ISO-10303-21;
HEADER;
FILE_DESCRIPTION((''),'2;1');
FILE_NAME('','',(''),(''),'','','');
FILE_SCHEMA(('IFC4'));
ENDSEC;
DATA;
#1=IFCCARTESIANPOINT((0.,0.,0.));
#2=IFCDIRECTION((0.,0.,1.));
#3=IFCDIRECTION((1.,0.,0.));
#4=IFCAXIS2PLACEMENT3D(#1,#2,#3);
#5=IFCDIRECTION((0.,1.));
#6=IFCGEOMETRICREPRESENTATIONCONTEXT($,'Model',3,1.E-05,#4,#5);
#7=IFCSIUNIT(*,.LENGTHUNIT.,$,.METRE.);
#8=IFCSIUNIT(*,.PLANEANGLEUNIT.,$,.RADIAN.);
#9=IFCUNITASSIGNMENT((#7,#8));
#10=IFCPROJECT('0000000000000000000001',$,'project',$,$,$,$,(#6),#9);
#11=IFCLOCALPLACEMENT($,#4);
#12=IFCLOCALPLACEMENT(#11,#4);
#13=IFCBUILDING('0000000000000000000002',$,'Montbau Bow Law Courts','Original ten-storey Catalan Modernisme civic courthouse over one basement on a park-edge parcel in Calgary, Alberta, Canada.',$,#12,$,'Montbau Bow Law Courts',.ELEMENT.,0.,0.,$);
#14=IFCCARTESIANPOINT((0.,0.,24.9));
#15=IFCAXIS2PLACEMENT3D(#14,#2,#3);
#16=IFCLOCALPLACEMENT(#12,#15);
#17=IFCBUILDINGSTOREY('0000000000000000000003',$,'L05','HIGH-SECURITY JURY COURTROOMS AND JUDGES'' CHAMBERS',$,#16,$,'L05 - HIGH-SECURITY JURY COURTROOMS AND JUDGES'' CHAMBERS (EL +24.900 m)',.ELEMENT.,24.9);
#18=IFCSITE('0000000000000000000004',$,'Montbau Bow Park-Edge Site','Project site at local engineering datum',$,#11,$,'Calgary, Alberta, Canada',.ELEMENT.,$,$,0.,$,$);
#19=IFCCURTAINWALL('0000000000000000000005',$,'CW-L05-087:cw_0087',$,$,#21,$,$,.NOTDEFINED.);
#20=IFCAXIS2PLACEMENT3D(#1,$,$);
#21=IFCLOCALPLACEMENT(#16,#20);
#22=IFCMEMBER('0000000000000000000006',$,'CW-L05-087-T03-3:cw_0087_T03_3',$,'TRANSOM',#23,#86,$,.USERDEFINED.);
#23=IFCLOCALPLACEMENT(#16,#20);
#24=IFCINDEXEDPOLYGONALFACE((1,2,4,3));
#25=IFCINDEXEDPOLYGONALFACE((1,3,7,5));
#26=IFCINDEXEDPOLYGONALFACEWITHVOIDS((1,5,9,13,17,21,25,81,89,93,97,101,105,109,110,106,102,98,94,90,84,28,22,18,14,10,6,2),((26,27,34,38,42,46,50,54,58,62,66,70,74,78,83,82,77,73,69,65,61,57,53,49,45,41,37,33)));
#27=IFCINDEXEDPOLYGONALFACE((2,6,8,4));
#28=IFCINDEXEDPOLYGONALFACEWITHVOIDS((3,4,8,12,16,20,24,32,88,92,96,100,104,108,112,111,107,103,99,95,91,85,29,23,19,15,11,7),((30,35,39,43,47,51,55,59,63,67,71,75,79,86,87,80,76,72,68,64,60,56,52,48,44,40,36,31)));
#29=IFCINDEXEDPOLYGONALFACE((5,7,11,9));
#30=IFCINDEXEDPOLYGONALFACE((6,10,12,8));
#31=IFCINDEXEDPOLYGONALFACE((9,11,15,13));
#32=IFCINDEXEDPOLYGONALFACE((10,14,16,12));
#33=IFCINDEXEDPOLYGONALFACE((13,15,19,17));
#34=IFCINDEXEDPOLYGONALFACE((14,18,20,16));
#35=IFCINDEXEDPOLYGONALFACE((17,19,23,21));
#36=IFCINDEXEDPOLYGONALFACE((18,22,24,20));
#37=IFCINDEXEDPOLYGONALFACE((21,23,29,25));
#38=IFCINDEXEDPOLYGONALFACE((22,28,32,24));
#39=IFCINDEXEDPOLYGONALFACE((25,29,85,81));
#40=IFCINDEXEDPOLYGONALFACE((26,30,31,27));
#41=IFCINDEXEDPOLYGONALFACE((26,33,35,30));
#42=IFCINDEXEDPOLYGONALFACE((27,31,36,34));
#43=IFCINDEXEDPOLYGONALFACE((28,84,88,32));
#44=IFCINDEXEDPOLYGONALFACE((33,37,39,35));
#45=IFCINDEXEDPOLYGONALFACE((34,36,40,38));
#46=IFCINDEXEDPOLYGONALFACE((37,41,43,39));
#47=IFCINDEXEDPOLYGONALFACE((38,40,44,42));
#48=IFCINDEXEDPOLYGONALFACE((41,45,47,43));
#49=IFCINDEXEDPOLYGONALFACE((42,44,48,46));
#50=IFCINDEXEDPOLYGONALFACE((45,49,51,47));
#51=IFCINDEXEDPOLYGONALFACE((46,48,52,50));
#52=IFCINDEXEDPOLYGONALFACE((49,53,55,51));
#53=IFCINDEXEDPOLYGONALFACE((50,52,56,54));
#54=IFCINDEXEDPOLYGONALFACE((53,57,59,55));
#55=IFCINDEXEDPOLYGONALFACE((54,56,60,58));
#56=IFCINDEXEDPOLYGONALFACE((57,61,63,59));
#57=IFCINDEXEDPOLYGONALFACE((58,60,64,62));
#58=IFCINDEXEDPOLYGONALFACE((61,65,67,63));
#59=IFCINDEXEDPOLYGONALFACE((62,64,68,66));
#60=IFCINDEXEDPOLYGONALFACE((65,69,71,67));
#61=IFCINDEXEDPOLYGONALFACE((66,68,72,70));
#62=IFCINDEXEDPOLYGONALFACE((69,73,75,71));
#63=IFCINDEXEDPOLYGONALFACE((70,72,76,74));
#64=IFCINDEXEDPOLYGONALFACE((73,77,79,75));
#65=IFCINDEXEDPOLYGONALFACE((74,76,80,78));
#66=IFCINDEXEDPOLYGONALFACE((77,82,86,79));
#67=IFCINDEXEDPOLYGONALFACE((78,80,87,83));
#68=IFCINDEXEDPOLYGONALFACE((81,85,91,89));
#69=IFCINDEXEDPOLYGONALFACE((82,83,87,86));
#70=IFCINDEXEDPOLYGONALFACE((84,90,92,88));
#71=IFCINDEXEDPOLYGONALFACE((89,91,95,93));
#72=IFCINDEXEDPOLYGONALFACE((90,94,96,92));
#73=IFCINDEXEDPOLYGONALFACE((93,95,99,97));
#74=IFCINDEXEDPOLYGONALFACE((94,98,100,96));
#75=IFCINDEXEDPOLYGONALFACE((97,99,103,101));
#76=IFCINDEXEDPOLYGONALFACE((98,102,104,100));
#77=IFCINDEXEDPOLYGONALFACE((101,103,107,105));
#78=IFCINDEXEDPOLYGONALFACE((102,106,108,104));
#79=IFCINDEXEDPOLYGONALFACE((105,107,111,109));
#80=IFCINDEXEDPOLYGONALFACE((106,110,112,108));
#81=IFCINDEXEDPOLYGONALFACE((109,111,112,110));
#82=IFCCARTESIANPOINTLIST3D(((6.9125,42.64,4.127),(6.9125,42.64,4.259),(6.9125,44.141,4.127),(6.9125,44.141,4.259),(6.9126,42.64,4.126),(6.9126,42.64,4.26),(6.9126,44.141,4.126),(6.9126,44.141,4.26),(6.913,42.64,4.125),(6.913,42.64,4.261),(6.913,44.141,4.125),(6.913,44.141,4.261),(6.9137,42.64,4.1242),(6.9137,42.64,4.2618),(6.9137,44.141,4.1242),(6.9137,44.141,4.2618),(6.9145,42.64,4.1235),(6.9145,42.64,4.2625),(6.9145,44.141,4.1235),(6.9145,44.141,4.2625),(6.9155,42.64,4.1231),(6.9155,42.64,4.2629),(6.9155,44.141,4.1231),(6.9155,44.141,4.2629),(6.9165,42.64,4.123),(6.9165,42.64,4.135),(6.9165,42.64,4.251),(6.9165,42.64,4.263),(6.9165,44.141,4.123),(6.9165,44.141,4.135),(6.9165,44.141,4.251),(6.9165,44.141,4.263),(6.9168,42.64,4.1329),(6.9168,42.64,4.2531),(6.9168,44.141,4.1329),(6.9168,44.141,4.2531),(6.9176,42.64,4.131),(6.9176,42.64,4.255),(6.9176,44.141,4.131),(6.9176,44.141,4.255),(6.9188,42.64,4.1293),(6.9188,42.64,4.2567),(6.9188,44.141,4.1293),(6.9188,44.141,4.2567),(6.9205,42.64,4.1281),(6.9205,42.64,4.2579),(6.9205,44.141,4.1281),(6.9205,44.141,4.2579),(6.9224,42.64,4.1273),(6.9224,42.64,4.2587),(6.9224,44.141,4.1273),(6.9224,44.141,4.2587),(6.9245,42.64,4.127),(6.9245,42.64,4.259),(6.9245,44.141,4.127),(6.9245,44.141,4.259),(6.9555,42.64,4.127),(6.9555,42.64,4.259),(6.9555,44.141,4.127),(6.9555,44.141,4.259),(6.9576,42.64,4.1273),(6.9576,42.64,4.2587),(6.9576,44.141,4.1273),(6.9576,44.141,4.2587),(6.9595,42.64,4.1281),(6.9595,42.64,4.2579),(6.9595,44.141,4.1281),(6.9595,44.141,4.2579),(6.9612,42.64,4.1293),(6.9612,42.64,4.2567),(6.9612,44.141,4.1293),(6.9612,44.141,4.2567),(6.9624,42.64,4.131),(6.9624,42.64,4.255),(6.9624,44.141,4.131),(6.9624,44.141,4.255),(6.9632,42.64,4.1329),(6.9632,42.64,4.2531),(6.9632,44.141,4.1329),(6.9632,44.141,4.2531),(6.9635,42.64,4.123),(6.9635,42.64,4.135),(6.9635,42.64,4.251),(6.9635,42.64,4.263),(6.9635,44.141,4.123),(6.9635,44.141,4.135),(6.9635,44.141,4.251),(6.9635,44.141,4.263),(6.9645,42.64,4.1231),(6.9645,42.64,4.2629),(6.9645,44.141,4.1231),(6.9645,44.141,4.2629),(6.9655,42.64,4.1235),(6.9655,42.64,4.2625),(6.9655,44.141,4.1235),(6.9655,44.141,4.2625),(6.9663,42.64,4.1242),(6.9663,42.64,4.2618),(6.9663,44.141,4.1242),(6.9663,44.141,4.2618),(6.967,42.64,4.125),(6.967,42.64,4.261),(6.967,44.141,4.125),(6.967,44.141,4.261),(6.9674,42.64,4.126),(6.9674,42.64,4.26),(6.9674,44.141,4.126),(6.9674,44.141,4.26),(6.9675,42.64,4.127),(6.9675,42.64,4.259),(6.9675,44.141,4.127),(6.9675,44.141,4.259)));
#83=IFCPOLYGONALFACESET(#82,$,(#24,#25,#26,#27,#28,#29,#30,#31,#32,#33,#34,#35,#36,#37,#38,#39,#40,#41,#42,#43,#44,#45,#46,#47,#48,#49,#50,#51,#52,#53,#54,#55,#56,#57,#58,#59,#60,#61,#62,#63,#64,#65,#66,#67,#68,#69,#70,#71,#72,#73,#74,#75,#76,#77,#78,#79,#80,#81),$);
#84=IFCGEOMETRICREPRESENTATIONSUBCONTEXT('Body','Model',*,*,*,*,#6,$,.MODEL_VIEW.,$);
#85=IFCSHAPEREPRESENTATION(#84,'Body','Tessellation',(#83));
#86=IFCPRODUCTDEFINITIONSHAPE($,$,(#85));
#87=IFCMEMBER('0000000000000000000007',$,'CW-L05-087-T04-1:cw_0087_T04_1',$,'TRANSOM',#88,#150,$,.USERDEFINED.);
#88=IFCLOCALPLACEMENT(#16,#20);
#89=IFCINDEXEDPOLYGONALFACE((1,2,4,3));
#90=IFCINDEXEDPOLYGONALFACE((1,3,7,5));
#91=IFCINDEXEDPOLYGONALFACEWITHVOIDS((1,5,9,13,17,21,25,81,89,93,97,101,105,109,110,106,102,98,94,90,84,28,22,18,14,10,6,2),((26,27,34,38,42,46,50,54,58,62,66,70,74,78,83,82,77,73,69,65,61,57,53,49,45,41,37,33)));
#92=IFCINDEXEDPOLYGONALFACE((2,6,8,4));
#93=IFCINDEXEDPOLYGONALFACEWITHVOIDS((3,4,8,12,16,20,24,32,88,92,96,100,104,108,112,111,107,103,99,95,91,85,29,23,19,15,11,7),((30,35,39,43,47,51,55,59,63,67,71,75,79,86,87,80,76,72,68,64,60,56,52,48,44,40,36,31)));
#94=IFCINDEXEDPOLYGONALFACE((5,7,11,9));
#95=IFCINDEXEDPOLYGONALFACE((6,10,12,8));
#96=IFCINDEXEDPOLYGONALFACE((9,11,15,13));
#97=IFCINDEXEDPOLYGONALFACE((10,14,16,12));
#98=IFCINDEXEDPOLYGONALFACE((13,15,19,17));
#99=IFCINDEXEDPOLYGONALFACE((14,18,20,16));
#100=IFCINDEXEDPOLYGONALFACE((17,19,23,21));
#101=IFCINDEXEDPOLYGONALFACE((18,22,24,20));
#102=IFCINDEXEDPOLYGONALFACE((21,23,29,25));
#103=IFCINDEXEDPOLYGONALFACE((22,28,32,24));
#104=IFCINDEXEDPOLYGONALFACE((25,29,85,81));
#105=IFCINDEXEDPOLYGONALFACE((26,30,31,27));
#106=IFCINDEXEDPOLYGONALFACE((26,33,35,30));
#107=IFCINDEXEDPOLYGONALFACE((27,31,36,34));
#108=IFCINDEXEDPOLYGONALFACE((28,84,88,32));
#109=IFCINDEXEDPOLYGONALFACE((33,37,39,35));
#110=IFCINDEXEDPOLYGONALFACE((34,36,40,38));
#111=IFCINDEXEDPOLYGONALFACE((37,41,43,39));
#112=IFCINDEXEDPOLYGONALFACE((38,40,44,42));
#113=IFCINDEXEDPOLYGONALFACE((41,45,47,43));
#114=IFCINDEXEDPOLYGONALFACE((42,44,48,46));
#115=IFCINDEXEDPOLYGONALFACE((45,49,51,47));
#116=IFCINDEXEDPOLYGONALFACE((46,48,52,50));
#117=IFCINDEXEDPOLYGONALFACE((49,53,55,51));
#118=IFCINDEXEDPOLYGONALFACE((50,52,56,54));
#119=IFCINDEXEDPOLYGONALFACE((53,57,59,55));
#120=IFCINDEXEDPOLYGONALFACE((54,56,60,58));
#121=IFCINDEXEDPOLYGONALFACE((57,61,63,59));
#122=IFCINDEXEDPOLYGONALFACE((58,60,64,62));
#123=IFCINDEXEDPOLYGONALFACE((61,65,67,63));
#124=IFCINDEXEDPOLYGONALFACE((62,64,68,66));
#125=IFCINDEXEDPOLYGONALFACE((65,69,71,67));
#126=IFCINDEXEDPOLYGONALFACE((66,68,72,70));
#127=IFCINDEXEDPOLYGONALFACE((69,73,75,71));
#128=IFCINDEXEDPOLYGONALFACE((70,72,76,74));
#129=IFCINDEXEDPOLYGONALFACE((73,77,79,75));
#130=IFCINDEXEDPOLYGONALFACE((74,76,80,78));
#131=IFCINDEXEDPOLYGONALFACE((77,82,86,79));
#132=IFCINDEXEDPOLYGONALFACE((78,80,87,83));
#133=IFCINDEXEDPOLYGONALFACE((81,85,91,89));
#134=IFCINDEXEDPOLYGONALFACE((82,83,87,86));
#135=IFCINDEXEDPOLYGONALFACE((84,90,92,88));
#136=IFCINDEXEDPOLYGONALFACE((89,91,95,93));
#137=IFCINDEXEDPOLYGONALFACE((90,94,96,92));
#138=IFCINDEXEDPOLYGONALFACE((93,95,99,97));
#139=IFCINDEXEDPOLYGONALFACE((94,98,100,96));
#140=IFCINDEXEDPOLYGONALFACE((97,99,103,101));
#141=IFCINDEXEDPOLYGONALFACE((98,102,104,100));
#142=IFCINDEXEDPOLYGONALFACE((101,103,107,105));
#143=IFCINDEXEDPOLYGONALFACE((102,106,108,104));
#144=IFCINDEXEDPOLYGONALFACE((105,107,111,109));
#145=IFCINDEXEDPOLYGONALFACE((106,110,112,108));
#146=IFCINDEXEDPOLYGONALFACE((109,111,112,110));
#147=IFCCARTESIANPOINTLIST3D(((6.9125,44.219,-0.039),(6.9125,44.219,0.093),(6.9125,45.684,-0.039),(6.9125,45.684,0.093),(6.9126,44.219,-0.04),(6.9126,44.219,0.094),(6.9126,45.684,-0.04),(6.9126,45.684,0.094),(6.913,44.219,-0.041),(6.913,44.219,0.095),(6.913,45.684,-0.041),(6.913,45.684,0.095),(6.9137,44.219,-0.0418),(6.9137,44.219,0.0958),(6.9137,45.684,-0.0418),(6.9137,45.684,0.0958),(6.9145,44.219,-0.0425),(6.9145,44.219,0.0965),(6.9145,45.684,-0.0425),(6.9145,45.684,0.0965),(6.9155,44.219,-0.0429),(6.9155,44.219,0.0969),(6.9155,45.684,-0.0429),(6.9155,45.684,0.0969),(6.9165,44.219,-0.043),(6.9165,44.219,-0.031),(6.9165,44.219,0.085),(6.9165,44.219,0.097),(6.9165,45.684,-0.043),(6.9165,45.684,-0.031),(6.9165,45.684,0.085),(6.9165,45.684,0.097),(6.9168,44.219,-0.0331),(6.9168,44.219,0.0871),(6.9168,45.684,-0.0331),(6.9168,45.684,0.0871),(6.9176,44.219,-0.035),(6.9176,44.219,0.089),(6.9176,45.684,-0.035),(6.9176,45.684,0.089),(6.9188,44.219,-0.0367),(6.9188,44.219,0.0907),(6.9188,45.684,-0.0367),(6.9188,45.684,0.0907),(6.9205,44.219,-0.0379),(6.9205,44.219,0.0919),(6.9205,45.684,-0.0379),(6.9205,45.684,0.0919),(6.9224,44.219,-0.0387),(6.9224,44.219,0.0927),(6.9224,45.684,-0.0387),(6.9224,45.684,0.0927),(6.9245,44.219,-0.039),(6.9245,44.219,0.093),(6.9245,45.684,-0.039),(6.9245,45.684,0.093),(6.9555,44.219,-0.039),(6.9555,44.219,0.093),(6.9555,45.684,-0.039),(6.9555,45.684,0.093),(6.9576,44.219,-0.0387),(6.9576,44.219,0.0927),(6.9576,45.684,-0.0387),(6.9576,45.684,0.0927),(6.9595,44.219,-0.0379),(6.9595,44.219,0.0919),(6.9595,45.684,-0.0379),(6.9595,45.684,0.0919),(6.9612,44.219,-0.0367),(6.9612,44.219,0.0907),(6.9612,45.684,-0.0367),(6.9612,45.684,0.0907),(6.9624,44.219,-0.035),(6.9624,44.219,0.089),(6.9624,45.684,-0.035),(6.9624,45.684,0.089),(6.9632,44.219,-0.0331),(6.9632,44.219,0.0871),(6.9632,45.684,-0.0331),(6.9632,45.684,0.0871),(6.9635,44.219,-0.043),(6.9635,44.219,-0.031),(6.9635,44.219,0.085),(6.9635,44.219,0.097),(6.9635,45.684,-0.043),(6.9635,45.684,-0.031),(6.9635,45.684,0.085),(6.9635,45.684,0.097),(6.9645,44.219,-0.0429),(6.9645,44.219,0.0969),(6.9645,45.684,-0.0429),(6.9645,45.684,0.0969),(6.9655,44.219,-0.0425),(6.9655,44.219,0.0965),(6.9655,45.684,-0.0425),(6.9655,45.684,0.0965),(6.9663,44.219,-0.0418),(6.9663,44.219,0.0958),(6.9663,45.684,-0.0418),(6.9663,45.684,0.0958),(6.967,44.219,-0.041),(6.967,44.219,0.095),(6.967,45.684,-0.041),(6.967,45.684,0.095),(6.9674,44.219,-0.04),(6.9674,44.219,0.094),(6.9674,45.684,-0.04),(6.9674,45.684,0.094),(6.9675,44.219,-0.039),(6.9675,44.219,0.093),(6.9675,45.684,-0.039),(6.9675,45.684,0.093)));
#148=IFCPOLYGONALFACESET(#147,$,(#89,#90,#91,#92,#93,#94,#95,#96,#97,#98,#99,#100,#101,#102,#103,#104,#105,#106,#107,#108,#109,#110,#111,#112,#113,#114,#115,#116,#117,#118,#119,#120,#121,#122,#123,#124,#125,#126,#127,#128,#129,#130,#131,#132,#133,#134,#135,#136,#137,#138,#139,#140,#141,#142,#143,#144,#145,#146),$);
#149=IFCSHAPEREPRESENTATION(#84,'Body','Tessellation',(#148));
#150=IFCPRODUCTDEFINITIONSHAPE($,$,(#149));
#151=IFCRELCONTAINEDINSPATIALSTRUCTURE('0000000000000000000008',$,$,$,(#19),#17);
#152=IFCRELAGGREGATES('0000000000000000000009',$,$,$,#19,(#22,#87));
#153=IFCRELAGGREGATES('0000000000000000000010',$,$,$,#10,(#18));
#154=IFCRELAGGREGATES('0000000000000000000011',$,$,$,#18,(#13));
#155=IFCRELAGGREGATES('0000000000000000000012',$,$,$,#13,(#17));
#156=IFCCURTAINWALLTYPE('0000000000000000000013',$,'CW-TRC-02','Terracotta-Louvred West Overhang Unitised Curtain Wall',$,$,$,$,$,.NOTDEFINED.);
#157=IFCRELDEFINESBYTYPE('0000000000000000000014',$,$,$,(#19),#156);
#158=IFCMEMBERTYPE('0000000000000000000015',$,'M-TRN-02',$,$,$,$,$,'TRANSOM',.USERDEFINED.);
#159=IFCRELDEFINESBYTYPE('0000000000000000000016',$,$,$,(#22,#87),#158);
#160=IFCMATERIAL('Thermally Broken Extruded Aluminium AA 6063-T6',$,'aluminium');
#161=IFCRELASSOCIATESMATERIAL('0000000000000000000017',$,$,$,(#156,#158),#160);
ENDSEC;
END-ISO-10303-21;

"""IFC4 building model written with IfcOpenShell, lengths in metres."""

from ifc_helpers import new_model, si_unit, direction, frame, origin_with_axes, origin_2d_with_axis, place, context, subcontext, project, spatial, hollow_rectangle, extrude, material, material_profile, profile_set, type_object, element, aggregate, save


model = new_model("IFC4")

# Units and contexts
model_context = context("Model", 3, precision=1e-05, world=origin_with_axes(), true_north=direction((0.0, 1.0)))
body_context = subcontext(model_context, "Body", "Model", "MODEL_VIEW")
ifc_project = project(units=[si_unit("LENGTHUNIT", "METRE"), si_unit("PLANEANGLEUNIT", "RADIAN")], contexts=[model_context])

# Site, building, storey
site_placement = place(None, origin_with_axes())
site = spatial("IfcSite", under=ifc_project, at=site_placement, Name="Montbau Bow Park-Edge Site", Description="Project site at local engineering datum", LongName="Calgary, Alberta, Canada", CompositionType="ELEMENT", RefElevation=0.0)
building_placement = place(site_placement, origin_with_axes())
building = spatial("IfcBuilding", under=site, at=building_placement, Name="Montbau Bow Law Courts", Description="Original ten-storey Catalan Modernisme civic courthouse over one basement on a park-edge parcel in Calgary, Alberta, Canada.", LongName="Montbau Bow Law Courts", CompositionType="ELEMENT", ElevationOfRefHeight=0.0, ElevationOfTerrain=0.0)
storey_placement = place(building_placement, frame((0.0, 0.0, 24.9), z_axis=(0.0, 0.0, 1.0), x_axis=(1.0, 0.0, 0.0)))
storey = spatial("IfcBuildingStorey", under=building, at=storey_placement, Name="L05", Description="HIGH-SECURITY JURY COURTROOMS AND JUDGES' CHAMBERS", LongName="L05 - HIGH-SECURITY JURY COURTROOMS AND JUDGES' CHAMBERS (EL +24.900 m)", CompositionType="ELEMENT", Elevation=24.9)

# Curtain wall
ifc_material_1 = material(Name="Thermally Broken Extruded Aluminium AA 6063-T6", Category="aluminium")
curtain_wall_type = type_object("IfcCurtainWallType", Name="CW-TRC-02", Description="Terracotta-Louvred West Overhang Unitised Curtain Wall", PredefinedType="NOTDEFINED", material=ifc_material_1)
curtain_wall_1_placement = place(None, frame((6.94, 39.44, 24.9), z_axis=(0.0, 0.0, 1.0), x_axis=(1.0, 0.0, 0.0)))
curtain_wall_1 = element("IfcCurtainWall", 1, at=curtain_wall_1_placement, inside=storey, type_object=curtain_wall_type, Name="CW-L05-087:cw_0087", PredefinedType="NOTDEFINED")

# Members
ifc_material_profile_1 = material_profile(ifc_material_1, hollow_rectangle(XDim=0.055, YDim=0.14, WallThickness=0.004, InnerFilletRadius=0.008, OuterFilletRadius=0.004, at=origin_2d_with_axis()), Name="CWT-140X55", Category="Main", Priority=0)
ifc_profile_set_1 = profile_set([ifc_material_profile_1], Name="Thermally Broken Extruded Aluminium AA 6063-T6")
member_type_1 = type_object("IfcMemberType", Name="M-TRN-02", ElementType="TRANSOM", PredefinedType="USERDEFINED", material=ifc_profile_set_1)
member_1_placement = place(None, frame((6.94, 42.64, 29.093), z_axis=(0.0, 1.0, 0.0), x_axis=(-1.0, 0.0, 0.0)))
member_1 = element("IfcMember", 2, at=member_1_placement, type_object=member_type_1, Name="CW-L05-087-T03-3:cw_0087_T03_3", ObjectType="TRANSOM", PredefinedType="USERDEFINED", context=body_context, shape_type="SweptSolid", body=[
    extrude(hollow_rectangle(XDim=0.055, YDim=0.14, WallThickness=0.004, InnerFilletRadius=0.008, OuterFilletRadius=0.004, at=origin_2d_with_axis()), origin_with_axes(), (0.0, 0.0, 1.0), 1.501),
])
member_2_placement = place(None, frame((6.94, 44.219, 24.927), z_axis=(0.0, 1.0, 0.0), x_axis=(-1.0, 0.0, 0.0)))
member_2 = element("IfcMember", 3, at=member_2_placement, type_object=member_type_1, Name="CW-L05-087-T04-1:cw_0087_T04_1", ObjectType="TRANSOM", PredefinedType="USERDEFINED", context=body_context, shape_type="SweptSolid", body=[
    extrude(hollow_rectangle(XDim=0.055, YDim=0.14, WallThickness=0.004, InnerFilletRadius=0.008, OuterFilletRadius=0.004, at=origin_2d_with_axis()), origin_with_axes(), (0.0, 0.0, 1.0), 1.465),
])

aggregate(curtain_wall_1, [member_1, member_2])

save(model, "model.ifc")
